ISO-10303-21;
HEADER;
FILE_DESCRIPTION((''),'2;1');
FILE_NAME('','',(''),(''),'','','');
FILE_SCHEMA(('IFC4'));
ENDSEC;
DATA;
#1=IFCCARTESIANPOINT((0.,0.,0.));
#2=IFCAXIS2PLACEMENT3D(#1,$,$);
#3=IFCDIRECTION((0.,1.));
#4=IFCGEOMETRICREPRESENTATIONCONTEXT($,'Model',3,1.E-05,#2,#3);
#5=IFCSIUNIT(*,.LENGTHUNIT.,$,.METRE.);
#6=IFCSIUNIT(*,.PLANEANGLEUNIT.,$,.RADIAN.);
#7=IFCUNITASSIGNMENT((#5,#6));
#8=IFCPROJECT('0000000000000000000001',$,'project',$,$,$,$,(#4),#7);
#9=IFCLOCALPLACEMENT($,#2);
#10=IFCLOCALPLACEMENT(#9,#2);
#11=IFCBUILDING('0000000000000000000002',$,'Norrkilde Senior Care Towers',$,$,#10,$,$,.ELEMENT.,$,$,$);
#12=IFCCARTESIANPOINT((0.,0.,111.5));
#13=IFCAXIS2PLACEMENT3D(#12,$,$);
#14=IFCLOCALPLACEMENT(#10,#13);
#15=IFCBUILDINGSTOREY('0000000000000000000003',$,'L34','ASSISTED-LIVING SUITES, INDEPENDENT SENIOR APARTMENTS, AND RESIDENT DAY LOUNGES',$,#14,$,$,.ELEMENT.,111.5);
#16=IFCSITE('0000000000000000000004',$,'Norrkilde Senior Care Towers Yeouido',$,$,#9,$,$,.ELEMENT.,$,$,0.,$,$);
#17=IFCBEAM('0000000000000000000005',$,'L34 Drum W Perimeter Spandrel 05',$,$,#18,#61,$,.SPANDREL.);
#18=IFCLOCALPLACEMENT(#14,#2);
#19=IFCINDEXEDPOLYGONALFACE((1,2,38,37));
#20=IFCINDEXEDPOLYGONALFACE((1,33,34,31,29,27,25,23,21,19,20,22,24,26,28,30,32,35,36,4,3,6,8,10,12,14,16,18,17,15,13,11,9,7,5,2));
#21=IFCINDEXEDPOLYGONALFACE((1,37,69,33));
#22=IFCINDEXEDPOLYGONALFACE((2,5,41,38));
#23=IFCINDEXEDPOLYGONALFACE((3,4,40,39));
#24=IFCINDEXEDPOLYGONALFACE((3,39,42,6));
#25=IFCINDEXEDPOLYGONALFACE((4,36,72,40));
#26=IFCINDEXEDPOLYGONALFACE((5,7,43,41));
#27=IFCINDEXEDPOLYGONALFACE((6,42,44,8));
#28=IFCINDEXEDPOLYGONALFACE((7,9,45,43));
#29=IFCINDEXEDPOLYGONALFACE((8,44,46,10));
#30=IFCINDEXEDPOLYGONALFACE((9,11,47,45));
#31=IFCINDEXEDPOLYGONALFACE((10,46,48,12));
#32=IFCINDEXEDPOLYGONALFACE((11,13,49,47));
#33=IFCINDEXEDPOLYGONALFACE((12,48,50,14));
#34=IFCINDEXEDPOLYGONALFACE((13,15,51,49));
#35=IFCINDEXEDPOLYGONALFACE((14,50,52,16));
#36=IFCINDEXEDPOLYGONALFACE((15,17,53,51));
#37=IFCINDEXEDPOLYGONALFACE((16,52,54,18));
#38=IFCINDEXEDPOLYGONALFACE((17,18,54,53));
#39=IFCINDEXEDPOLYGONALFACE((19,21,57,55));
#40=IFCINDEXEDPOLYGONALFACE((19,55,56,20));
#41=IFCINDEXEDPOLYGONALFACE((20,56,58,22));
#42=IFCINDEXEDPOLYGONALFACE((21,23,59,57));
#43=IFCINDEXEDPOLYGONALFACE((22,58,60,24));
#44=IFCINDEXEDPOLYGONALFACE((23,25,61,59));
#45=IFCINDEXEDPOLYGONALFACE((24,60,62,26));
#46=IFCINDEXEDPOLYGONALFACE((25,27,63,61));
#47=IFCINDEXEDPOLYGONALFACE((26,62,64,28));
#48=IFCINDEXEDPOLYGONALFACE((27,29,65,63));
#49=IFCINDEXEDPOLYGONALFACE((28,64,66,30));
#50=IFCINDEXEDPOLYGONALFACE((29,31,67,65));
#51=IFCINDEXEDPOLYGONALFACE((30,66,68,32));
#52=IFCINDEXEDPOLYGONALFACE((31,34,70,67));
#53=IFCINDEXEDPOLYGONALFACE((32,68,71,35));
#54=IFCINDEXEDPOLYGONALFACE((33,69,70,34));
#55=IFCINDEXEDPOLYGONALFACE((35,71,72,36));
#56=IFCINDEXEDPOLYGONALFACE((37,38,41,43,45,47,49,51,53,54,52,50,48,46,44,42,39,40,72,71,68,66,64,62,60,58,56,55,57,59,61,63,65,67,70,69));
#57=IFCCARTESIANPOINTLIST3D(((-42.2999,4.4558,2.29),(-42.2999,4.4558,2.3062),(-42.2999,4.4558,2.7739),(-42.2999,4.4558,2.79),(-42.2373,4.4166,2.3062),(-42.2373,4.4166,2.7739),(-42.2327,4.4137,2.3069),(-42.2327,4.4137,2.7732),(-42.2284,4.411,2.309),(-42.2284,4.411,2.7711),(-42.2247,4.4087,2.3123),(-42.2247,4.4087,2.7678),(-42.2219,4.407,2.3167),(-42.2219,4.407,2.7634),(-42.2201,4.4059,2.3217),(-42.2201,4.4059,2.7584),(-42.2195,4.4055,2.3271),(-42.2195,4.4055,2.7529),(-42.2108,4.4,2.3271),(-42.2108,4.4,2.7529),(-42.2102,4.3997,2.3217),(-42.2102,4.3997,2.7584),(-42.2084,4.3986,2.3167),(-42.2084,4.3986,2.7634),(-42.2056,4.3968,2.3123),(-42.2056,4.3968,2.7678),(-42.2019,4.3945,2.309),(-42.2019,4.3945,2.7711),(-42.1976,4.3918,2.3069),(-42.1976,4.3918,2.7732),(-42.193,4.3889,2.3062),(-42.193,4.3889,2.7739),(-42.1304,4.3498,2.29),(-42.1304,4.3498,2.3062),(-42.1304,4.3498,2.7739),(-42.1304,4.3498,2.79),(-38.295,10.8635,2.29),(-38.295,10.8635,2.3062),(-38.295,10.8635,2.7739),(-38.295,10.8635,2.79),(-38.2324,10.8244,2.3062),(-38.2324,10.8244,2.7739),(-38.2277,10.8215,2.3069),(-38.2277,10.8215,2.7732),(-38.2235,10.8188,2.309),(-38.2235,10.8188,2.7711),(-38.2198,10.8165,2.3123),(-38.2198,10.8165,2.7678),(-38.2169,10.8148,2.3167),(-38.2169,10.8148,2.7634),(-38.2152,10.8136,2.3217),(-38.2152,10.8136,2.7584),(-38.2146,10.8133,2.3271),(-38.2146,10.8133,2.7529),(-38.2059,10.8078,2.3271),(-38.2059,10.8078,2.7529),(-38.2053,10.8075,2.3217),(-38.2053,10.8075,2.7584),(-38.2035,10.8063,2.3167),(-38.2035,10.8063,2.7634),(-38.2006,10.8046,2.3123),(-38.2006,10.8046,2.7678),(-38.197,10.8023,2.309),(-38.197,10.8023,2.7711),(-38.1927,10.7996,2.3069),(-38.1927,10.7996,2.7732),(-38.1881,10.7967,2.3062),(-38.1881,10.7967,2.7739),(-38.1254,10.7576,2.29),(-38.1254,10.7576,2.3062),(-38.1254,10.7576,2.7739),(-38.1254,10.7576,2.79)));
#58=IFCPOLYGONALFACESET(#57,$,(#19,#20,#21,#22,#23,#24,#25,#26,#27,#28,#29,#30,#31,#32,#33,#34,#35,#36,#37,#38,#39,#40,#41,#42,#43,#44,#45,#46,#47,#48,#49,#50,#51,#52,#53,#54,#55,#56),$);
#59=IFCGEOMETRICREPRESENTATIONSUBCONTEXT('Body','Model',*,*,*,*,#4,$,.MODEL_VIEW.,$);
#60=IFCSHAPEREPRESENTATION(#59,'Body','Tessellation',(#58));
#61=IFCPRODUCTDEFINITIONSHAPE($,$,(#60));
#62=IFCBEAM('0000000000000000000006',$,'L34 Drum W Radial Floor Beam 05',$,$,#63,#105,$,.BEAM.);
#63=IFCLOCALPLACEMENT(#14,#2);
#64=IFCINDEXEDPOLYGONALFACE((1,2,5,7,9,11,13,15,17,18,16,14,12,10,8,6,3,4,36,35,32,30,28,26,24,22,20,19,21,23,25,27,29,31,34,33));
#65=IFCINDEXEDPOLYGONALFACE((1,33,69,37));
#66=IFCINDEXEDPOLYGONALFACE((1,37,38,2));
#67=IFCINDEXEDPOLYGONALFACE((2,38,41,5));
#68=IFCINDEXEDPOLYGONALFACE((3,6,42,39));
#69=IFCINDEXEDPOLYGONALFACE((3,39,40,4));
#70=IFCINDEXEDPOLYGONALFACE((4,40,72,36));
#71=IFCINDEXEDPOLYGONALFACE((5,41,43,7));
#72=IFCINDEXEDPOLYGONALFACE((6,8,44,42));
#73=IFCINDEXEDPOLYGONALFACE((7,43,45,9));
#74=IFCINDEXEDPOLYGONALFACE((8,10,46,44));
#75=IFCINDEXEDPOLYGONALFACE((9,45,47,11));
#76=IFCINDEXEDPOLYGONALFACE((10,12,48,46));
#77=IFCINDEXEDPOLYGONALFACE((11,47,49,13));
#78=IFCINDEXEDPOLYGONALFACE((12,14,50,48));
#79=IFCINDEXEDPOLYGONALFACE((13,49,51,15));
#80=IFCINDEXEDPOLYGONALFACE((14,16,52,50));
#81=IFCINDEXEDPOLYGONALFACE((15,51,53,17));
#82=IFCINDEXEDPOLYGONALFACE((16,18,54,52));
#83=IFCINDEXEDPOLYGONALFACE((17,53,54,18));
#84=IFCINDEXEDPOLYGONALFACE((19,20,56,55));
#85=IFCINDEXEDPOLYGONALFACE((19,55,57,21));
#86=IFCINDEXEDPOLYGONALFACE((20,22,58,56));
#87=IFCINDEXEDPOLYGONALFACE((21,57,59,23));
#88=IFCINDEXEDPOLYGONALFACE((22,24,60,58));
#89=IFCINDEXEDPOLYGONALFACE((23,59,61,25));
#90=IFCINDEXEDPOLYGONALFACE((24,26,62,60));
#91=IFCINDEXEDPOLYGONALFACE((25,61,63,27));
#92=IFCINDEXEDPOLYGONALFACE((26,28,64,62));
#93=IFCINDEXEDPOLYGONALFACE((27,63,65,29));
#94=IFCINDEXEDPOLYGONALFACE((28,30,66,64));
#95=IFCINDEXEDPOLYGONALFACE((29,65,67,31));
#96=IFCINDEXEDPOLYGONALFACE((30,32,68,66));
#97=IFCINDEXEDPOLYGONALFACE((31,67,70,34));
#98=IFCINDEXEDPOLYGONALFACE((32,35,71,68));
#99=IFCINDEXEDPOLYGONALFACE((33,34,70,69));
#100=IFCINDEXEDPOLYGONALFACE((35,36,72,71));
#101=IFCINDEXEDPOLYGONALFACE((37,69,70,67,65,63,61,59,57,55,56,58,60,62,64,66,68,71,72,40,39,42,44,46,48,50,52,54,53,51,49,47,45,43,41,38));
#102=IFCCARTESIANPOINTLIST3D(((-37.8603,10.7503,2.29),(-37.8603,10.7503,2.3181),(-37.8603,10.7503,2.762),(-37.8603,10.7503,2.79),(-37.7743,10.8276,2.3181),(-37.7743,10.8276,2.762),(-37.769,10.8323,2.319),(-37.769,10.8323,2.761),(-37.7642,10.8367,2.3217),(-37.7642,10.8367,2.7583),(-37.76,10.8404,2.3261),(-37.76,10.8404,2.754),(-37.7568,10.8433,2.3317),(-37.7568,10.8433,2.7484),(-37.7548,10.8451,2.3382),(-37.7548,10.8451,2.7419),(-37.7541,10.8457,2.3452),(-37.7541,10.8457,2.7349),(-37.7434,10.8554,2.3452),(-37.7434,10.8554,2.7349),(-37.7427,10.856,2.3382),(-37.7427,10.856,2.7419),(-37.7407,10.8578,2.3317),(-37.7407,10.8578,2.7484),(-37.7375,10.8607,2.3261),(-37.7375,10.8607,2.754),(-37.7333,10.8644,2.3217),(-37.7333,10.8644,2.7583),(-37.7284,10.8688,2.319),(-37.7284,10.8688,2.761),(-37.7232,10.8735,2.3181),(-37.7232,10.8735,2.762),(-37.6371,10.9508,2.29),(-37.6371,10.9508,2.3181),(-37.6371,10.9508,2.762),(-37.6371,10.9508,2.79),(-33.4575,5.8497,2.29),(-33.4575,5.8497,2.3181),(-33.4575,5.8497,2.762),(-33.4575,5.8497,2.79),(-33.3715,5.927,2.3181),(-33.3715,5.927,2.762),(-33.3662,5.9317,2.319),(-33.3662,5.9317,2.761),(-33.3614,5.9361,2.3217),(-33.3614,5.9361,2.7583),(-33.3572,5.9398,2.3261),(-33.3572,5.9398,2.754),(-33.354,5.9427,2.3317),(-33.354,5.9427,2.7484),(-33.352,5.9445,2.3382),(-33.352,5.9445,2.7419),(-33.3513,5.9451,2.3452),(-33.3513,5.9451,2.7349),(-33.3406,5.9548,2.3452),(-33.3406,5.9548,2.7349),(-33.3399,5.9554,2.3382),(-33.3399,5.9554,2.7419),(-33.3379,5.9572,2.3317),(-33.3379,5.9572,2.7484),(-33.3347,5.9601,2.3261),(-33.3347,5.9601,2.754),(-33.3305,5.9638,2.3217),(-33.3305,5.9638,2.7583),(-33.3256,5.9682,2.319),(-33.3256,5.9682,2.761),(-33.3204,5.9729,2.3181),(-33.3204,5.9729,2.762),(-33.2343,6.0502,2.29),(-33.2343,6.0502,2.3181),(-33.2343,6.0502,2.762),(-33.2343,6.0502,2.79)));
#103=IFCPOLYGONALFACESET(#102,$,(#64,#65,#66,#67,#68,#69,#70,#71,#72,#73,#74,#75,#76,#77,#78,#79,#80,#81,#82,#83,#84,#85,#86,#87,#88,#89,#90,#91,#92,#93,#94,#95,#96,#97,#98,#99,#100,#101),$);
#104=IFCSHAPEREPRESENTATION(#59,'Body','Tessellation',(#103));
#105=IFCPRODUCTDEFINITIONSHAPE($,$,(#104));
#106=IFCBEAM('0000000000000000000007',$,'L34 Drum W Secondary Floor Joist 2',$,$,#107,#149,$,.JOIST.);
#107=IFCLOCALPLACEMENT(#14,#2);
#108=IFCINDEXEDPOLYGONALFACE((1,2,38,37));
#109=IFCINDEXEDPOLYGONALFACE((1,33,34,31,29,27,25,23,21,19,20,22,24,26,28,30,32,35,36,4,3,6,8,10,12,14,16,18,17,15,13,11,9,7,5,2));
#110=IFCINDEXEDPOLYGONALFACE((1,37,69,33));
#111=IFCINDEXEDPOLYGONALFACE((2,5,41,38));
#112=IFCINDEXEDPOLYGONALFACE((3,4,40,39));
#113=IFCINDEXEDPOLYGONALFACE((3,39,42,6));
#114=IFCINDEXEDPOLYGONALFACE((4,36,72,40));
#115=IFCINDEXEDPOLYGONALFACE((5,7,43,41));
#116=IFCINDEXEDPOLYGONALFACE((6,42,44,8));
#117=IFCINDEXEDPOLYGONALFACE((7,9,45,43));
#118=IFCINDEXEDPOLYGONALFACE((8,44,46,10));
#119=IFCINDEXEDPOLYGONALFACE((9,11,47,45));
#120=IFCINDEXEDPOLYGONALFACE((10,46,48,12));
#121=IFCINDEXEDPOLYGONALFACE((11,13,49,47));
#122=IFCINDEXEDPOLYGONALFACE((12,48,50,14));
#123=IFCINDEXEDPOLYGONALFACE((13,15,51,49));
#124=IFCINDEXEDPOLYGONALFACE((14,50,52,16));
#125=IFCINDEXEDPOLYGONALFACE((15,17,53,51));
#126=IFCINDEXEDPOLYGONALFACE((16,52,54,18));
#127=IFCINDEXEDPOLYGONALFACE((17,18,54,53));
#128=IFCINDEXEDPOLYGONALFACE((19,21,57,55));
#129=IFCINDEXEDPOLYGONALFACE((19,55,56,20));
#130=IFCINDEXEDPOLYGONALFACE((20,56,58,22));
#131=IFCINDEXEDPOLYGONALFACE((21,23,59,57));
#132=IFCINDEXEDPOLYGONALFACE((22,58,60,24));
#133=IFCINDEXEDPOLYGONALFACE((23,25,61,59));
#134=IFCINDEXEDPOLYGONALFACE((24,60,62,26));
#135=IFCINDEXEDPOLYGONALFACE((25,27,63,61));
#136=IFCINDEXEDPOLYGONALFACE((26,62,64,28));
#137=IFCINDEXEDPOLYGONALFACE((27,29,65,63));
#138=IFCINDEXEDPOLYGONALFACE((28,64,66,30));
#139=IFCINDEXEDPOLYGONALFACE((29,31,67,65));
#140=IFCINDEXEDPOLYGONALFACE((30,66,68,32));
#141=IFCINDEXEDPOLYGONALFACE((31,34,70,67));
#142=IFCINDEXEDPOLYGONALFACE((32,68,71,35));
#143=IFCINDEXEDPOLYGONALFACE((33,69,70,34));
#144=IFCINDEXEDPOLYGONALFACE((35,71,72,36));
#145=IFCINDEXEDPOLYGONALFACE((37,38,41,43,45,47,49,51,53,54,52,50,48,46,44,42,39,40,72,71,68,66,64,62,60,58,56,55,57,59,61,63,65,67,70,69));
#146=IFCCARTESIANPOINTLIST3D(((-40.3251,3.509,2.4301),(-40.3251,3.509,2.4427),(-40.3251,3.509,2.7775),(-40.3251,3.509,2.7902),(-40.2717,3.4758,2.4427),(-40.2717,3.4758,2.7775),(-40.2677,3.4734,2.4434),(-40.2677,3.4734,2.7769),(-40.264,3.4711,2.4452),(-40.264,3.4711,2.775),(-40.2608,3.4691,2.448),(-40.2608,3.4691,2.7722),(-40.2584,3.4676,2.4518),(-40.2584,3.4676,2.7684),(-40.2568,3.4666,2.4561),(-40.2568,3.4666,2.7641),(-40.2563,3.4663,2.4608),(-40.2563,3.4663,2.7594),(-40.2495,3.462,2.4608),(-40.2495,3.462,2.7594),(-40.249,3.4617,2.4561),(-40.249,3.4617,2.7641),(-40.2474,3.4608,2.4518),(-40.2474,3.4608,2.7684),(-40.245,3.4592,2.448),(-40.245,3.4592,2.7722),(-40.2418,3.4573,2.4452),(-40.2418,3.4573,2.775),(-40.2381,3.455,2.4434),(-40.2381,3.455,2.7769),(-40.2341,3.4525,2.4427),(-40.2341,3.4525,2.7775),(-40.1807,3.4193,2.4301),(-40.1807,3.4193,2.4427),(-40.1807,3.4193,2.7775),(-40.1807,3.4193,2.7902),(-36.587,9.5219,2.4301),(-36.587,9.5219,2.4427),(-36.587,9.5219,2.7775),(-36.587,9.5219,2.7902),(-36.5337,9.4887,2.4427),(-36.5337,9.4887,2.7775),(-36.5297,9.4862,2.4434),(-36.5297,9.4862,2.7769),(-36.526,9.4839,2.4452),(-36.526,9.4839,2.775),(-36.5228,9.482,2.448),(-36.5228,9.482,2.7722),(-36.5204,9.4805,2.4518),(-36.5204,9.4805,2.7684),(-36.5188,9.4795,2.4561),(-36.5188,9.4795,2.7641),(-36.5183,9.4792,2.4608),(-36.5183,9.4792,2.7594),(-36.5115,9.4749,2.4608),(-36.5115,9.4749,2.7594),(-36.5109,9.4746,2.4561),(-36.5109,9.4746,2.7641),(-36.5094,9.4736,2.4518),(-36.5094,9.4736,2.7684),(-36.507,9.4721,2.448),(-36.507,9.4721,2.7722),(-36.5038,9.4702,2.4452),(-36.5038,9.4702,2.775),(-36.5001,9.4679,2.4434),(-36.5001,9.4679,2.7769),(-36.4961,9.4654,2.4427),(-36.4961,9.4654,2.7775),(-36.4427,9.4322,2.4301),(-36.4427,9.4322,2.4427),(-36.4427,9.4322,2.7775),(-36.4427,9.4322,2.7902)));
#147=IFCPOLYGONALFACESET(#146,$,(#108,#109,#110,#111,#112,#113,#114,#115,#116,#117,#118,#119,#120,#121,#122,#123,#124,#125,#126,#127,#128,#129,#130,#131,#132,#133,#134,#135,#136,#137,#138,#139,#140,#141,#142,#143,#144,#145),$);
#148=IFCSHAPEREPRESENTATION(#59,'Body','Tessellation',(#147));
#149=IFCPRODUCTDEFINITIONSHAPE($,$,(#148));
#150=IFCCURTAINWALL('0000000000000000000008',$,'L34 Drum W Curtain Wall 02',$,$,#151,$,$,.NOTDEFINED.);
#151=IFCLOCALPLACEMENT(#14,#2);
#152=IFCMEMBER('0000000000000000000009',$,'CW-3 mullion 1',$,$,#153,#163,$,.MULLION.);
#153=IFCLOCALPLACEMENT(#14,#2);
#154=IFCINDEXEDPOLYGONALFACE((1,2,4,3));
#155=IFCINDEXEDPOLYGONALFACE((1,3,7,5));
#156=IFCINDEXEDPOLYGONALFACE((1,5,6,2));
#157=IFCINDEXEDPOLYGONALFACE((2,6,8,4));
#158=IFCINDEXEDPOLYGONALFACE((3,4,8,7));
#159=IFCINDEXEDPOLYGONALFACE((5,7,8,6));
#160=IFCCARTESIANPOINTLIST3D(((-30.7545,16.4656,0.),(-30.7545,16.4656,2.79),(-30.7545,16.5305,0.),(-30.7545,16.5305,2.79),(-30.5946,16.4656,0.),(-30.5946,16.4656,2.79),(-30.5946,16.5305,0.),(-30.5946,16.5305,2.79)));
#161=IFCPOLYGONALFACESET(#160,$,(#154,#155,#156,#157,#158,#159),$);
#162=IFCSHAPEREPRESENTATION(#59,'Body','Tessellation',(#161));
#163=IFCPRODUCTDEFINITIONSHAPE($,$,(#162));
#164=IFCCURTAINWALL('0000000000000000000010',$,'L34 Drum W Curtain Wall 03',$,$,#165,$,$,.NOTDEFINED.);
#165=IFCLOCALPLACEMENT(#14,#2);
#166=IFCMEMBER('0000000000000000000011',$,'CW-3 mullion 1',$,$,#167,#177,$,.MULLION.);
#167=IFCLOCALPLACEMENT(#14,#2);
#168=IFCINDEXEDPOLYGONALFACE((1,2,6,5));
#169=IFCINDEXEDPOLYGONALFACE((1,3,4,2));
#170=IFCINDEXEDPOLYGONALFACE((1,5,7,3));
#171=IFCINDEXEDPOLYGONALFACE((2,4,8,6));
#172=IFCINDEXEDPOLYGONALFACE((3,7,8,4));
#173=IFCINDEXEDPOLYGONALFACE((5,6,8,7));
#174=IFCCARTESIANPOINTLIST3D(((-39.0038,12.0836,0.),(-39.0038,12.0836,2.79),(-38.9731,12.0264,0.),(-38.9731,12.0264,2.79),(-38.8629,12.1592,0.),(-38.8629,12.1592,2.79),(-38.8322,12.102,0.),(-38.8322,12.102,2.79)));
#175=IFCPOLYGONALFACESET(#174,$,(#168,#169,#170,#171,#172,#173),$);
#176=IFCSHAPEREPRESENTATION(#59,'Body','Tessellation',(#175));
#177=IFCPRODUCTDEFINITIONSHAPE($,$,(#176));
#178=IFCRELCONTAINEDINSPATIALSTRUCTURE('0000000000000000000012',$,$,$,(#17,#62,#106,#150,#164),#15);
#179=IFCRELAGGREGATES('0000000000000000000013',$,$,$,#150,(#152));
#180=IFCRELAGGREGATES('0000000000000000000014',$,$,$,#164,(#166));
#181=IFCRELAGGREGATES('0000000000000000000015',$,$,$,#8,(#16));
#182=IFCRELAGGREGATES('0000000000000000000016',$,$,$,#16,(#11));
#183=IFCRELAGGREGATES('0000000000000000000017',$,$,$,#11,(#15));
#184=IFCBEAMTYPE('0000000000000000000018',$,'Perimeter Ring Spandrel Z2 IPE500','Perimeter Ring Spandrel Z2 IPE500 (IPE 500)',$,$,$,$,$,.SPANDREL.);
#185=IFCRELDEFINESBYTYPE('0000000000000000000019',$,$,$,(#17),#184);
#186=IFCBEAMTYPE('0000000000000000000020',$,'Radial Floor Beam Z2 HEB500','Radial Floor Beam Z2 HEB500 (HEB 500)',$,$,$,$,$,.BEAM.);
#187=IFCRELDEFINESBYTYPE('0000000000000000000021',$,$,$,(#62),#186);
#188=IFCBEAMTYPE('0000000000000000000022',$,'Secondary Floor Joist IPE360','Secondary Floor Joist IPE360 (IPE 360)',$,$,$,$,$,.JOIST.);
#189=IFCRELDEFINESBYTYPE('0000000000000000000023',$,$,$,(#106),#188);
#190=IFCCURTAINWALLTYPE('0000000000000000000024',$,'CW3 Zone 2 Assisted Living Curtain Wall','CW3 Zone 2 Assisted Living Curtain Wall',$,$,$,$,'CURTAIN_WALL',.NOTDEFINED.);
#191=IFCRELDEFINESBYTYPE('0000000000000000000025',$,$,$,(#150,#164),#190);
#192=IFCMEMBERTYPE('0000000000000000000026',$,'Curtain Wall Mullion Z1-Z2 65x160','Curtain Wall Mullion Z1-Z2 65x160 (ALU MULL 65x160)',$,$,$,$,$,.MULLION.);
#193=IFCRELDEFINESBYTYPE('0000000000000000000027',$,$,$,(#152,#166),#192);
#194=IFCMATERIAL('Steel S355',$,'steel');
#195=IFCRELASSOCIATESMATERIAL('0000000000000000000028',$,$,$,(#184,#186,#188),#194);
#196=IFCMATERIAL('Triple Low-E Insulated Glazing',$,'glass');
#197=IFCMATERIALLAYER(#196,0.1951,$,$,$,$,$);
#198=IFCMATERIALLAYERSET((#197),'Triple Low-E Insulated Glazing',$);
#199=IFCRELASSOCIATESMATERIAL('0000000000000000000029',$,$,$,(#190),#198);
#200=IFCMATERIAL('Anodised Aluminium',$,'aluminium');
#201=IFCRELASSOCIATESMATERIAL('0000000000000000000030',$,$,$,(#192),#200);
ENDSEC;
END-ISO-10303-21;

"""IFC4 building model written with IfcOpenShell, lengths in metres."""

from ifc_helpers import new_model, si_unit, direction, frame, origin, origin_2d, place, context, subcontext, project, spatial, rectangle, i_section, extrude, source, transform, mapped, material, layer, layer_set, material_profile, profile_set, type_object, type_shapes, element, aggregate, save


model = new_model("IFC4")

# Units and contexts
model_context = context("Model", 3, precision=1e-05, world=origin(), true_north=direction((0.0, 1.0)))
body_context = subcontext(model_context, "Body", "Model", "MODEL_VIEW")
ifc_project = project(units=[si_unit("LENGTHUNIT", "METRE"), si_unit("PLANEANGLEUNIT", "RADIAN")], contexts=[model_context])

# Site, building, storey
site_placement = place(None, origin())
site = spatial("IfcSite", under=ifc_project, at=site_placement, Name="Norrkilde Senior Care Towers Yeouido", CompositionType="ELEMENT", RefElevation=0.0)
building_placement = place(site_placement, origin())
building = spatial("IfcBuilding", under=site, at=building_placement, Name="Norrkilde Senior Care Towers", CompositionType="ELEMENT")
storey_placement = place(building_placement, frame((0.0, 0.0, 111.5)))
storey = spatial("IfcBuildingStorey", under=building, at=storey_placement, Name="L34", Description="ASSISTED-LIVING SUITES, INDEPENDENT SENIOR APARTMENTS, AND RESIDENT DAY LOUNGES", CompositionType="ELEMENT", Elevation=111.5)

# Beams
ifc_material_1 = material(Name="Steel S355", Category="steel")
ifc_material_profile_1 = material_profile(ifc_material_1, i_section(OverallWidth=0.2, OverallDepth=0.5, WebThickness=0.0103, FlangeThickness=0.0161, FilletRadius=0.021, at=origin_2d()), Name="IPE 500")
ifc_profile_set_1 = profile_set([ifc_material_profile_1], Name="Steel S355")
beam_type_1 = type_object("IfcBeamType", Name="Perimeter Ring Spandrel Z2 IPE500", Description="Perimeter Ring Spandrel Z2 IPE500 (IPE 500)", PredefinedType="SPANDREL", material=ifc_profile_set_1)
ifc_material_profile_2 = material_profile(ifc_material_1, i_section(OverallWidth=0.3, OverallDepth=0.5, WebThickness=0.0144, FlangeThickness=0.0281, FilletRadius=0.0271, at=origin_2d()), Name="HEB 500")
ifc_profile_set_2 = profile_set([ifc_material_profile_2], Name="Steel S355")
beam_type_2 = type_object("IfcBeamType", Name="Radial Floor Beam Z2 HEB500", Description="Radial Floor Beam Z2 HEB500 (HEB 500)", PredefinedType="BEAM", material=ifc_profile_set_2)
shared_shape_1 = source(origin(), body_context, "Body", "SweptSolid", [
    extrude(i_section(OverallWidth=0.2, OverallDepth=0.5, WebThickness=0.0103, FlangeThickness=0.0161, FilletRadius=0.021, at=origin_2d()), origin(), (0.0, 0.0, 1.0), 7.5564),
])
beam_1_placement = place(storey_placement, frame((-38.2102, 10.8105, 2.54), z_axis=(-0.530005, -0.847995, 0.0), x_axis=(0.847995, -0.530005, 0.0)))
element("IfcBeam", 1, at=beam_1_placement, inside=storey, type_object=beam_type_1, Name="L34 Drum W Perimeter Spandrel 05", PredefinedType="SPANDREL", context=body_context, shape_type="MappedRepresentation", body=[
    mapped(shared_shape_1, transform((0.0, 0.0, 0.0), x_axis=(1.0, 0.0, 0.0), y_axis=(0.0, 1.0, 0.0), z_axis=(0.0, 0.0, 1.0), scale=1.0)),
])
shared_shape_2 = source(origin(), body_context, "Body", "SweptSolid", [
    extrude(i_section(OverallWidth=0.3, OverallDepth=0.5, WebThickness=0.0144, FlangeThickness=0.0281, FilletRadius=0.0271, at=origin_2d()), origin(), (0.0, 0.0, 1.0), 6.5879),
])
beam_2_placement = place(storey_placement, frame((-33.3459, 5.95, 2.54), z_axis=(-0.668315, 0.743878, 0.0), x_axis=(-0.743878, -0.668315, 0.0)))
element("IfcBeam", 2, at=beam_2_placement, inside=storey, type_object=beam_type_2, Name="L34 Drum W Radial Floor Beam 05", PredefinedType="BEAM", context=body_context, shape_type="MappedRepresentation", body=[
    mapped(shared_shape_2, transform((0.0, 0.0, 0.0), x_axis=(1.0, 0.0, 0.0), y_axis=(0.0, 1.0, 0.0), z_axis=(0.0, 0.0, 1.0), scale=1.0)),
])
ifc_material_profile_3 = material_profile(ifc_material_1, i_section(OverallWidth=0.1699, OverallDepth=0.3601, WebThickness=0.0081, FlangeThickness=0.0127, FilletRadius=0.0181, at=origin_2d()), Name="IPE 360")
ifc_profile_set_3 = profile_set([ifc_material_profile_3], Name="Steel S355")
beam_type_3 = type_object("IfcBeamType", Name="Secondary Floor Joist IPE360", Description="Secondary Floor Joist IPE360 (IPE 360)", PredefinedType="JOIST", material=ifc_profile_set_3)
shared_shape_3 = source(origin(), body_context, "Body", "SweptSolid", [
    extrude(i_section(OverallWidth=0.1699, OverallDepth=0.3601, WebThickness=0.0081, FlangeThickness=0.0127, FilletRadius=0.0181, at=origin_2d()), origin(), (0.0, 0.0, 1.0), 7.0801),
])
type_shapes(beam_type_3, [shared_shape_3])
beam_3_placement = place(storey_placement, frame((-36.5149, 9.4771, 2.6101), z_axis=(-0.527961, -0.849269, 0.0), x_axis=(0.849269, -0.527961, 0.0)))
element("IfcBeam", 3, at=beam_3_placement, inside=storey, type_object=beam_type_3, Name="L34 Drum W Secondary Floor Joist 2", PredefinedType="JOIST", context=body_context, shape_type="MappedRepresentation", body=[
    mapped(shared_shape_3, transform((0.0, 0.0, 0.0), x_axis=(1.0, 0.0, 0.0), y_axis=(0.0, 1.0, 0.0), z_axis=(0.0, 0.0, 1.0), scale=1.0)),
])

# Curtain wall, member
ifc_material_2 = material(Name="Triple Low-E Insulated Glazing", Category="glass")
ifc_layer_1 = layer(ifc_material_2, 0.1951)
ifc_layer_set_1 = layer_set([ifc_layer_1], Name="Triple Low-E Insulated Glazing")
curtain_wall_type = type_object("IfcCurtainWallType", Name="CW3 Zone 2 Assisted Living Curtain Wall", Description="CW3 Zone 2 Assisted Living Curtain Wall", ElementType="CURTAIN_WALL", PredefinedType="NOTDEFINED", material=ifc_layer_set_1)
curtain_wall_1_placement = place(storey_placement, origin())
curtain_wall_1 = element("IfcCurtainWall", 4, at=curtain_wall_1_placement, inside=storey, type_object=curtain_wall_type, Name="L34 Drum W Curtain Wall 02", PredefinedType="NOTDEFINED")
ifc_material_3 = material(Name="Anodised Aluminium", Category="aluminium")
ifc_material_profile_4 = material_profile(ifc_material_3, rectangle(XDim=0.0649, YDim=0.1599, at=origin_2d()), Name="ALU MULL 65x160")
ifc_profile_set_4 = profile_set([ifc_material_profile_4], Name="Anodised Aluminium")
member_type_1 = type_object("IfcMemberType", Name="Curtain Wall Mullion Z1-Z2 65x160", Description="Curtain Wall Mullion Z1-Z2 65x160 (ALU MULL 65x160)", PredefinedType="MULLION", material=ifc_profile_set_4)
shared_shape_4 = source(origin(), body_context, "Body", "SweptSolid", [
    extrude(rectangle(XDim=0.0649, YDim=0.1599, at=origin_2d()), origin(), (0.0, 0.0, 1.0), 2.79),
])
type_shapes(member_type_1, [shared_shape_4])
member_1_placement = place(storey_placement, frame((-30.6746, 16.498, 0.0), z_axis=(0.0, 0.0, 1.0), x_axis=(0.0, 1.0, 0.0)))
member_1 = element("IfcMember", 5, at=member_1_placement, type_object=member_type_1, Name="CW-3 mullion 1", PredefinedType="MULLION", context=body_context, shape_type="MappedRepresentation", body=[
    mapped(shared_shape_4, transform((0.0, 0.0, 0.0), x_axis=(1.0, 0.0, 0.0), y_axis=(0.0, 1.0, 0.0), z_axis=(0.0, 0.0, 1.0), scale=1.0)),
])

# Curtain wall, member
curtain_wall_2_placement = place(storey_placement, origin())
curtain_wall_2 = element("IfcCurtainWall", 6, at=curtain_wall_2_placement, inside=storey, type_object=curtain_wall_type, Name="L34 Drum W Curtain Wall 03", PredefinedType="NOTDEFINED")
member_2_placement = place(storey_placement, frame((-38.918, 12.0928, 0.0), z_axis=(0.0, 0.0, 1.0), x_axis=(-0.472769, 0.881186, 0.0)))
member_2 = element("IfcMember", 7, at=member_2_placement, type_object=member_type_1, Name="CW-3 mullion 1", PredefinedType="MULLION", context=body_context, shape_type="MappedRepresentation", body=[
    mapped(shared_shape_4, transform((0.0, 0.0, 0.0), x_axis=(1.0, 0.0, 0.0), y_axis=(0.0, 1.0, 0.0), z_axis=(0.0, 0.0, 1.0), scale=1.0)),
])

aggregate(curtain_wall_1, [member_1])

aggregate(curtain_wall_2, [member_2])

save(model, "model.ifc")
